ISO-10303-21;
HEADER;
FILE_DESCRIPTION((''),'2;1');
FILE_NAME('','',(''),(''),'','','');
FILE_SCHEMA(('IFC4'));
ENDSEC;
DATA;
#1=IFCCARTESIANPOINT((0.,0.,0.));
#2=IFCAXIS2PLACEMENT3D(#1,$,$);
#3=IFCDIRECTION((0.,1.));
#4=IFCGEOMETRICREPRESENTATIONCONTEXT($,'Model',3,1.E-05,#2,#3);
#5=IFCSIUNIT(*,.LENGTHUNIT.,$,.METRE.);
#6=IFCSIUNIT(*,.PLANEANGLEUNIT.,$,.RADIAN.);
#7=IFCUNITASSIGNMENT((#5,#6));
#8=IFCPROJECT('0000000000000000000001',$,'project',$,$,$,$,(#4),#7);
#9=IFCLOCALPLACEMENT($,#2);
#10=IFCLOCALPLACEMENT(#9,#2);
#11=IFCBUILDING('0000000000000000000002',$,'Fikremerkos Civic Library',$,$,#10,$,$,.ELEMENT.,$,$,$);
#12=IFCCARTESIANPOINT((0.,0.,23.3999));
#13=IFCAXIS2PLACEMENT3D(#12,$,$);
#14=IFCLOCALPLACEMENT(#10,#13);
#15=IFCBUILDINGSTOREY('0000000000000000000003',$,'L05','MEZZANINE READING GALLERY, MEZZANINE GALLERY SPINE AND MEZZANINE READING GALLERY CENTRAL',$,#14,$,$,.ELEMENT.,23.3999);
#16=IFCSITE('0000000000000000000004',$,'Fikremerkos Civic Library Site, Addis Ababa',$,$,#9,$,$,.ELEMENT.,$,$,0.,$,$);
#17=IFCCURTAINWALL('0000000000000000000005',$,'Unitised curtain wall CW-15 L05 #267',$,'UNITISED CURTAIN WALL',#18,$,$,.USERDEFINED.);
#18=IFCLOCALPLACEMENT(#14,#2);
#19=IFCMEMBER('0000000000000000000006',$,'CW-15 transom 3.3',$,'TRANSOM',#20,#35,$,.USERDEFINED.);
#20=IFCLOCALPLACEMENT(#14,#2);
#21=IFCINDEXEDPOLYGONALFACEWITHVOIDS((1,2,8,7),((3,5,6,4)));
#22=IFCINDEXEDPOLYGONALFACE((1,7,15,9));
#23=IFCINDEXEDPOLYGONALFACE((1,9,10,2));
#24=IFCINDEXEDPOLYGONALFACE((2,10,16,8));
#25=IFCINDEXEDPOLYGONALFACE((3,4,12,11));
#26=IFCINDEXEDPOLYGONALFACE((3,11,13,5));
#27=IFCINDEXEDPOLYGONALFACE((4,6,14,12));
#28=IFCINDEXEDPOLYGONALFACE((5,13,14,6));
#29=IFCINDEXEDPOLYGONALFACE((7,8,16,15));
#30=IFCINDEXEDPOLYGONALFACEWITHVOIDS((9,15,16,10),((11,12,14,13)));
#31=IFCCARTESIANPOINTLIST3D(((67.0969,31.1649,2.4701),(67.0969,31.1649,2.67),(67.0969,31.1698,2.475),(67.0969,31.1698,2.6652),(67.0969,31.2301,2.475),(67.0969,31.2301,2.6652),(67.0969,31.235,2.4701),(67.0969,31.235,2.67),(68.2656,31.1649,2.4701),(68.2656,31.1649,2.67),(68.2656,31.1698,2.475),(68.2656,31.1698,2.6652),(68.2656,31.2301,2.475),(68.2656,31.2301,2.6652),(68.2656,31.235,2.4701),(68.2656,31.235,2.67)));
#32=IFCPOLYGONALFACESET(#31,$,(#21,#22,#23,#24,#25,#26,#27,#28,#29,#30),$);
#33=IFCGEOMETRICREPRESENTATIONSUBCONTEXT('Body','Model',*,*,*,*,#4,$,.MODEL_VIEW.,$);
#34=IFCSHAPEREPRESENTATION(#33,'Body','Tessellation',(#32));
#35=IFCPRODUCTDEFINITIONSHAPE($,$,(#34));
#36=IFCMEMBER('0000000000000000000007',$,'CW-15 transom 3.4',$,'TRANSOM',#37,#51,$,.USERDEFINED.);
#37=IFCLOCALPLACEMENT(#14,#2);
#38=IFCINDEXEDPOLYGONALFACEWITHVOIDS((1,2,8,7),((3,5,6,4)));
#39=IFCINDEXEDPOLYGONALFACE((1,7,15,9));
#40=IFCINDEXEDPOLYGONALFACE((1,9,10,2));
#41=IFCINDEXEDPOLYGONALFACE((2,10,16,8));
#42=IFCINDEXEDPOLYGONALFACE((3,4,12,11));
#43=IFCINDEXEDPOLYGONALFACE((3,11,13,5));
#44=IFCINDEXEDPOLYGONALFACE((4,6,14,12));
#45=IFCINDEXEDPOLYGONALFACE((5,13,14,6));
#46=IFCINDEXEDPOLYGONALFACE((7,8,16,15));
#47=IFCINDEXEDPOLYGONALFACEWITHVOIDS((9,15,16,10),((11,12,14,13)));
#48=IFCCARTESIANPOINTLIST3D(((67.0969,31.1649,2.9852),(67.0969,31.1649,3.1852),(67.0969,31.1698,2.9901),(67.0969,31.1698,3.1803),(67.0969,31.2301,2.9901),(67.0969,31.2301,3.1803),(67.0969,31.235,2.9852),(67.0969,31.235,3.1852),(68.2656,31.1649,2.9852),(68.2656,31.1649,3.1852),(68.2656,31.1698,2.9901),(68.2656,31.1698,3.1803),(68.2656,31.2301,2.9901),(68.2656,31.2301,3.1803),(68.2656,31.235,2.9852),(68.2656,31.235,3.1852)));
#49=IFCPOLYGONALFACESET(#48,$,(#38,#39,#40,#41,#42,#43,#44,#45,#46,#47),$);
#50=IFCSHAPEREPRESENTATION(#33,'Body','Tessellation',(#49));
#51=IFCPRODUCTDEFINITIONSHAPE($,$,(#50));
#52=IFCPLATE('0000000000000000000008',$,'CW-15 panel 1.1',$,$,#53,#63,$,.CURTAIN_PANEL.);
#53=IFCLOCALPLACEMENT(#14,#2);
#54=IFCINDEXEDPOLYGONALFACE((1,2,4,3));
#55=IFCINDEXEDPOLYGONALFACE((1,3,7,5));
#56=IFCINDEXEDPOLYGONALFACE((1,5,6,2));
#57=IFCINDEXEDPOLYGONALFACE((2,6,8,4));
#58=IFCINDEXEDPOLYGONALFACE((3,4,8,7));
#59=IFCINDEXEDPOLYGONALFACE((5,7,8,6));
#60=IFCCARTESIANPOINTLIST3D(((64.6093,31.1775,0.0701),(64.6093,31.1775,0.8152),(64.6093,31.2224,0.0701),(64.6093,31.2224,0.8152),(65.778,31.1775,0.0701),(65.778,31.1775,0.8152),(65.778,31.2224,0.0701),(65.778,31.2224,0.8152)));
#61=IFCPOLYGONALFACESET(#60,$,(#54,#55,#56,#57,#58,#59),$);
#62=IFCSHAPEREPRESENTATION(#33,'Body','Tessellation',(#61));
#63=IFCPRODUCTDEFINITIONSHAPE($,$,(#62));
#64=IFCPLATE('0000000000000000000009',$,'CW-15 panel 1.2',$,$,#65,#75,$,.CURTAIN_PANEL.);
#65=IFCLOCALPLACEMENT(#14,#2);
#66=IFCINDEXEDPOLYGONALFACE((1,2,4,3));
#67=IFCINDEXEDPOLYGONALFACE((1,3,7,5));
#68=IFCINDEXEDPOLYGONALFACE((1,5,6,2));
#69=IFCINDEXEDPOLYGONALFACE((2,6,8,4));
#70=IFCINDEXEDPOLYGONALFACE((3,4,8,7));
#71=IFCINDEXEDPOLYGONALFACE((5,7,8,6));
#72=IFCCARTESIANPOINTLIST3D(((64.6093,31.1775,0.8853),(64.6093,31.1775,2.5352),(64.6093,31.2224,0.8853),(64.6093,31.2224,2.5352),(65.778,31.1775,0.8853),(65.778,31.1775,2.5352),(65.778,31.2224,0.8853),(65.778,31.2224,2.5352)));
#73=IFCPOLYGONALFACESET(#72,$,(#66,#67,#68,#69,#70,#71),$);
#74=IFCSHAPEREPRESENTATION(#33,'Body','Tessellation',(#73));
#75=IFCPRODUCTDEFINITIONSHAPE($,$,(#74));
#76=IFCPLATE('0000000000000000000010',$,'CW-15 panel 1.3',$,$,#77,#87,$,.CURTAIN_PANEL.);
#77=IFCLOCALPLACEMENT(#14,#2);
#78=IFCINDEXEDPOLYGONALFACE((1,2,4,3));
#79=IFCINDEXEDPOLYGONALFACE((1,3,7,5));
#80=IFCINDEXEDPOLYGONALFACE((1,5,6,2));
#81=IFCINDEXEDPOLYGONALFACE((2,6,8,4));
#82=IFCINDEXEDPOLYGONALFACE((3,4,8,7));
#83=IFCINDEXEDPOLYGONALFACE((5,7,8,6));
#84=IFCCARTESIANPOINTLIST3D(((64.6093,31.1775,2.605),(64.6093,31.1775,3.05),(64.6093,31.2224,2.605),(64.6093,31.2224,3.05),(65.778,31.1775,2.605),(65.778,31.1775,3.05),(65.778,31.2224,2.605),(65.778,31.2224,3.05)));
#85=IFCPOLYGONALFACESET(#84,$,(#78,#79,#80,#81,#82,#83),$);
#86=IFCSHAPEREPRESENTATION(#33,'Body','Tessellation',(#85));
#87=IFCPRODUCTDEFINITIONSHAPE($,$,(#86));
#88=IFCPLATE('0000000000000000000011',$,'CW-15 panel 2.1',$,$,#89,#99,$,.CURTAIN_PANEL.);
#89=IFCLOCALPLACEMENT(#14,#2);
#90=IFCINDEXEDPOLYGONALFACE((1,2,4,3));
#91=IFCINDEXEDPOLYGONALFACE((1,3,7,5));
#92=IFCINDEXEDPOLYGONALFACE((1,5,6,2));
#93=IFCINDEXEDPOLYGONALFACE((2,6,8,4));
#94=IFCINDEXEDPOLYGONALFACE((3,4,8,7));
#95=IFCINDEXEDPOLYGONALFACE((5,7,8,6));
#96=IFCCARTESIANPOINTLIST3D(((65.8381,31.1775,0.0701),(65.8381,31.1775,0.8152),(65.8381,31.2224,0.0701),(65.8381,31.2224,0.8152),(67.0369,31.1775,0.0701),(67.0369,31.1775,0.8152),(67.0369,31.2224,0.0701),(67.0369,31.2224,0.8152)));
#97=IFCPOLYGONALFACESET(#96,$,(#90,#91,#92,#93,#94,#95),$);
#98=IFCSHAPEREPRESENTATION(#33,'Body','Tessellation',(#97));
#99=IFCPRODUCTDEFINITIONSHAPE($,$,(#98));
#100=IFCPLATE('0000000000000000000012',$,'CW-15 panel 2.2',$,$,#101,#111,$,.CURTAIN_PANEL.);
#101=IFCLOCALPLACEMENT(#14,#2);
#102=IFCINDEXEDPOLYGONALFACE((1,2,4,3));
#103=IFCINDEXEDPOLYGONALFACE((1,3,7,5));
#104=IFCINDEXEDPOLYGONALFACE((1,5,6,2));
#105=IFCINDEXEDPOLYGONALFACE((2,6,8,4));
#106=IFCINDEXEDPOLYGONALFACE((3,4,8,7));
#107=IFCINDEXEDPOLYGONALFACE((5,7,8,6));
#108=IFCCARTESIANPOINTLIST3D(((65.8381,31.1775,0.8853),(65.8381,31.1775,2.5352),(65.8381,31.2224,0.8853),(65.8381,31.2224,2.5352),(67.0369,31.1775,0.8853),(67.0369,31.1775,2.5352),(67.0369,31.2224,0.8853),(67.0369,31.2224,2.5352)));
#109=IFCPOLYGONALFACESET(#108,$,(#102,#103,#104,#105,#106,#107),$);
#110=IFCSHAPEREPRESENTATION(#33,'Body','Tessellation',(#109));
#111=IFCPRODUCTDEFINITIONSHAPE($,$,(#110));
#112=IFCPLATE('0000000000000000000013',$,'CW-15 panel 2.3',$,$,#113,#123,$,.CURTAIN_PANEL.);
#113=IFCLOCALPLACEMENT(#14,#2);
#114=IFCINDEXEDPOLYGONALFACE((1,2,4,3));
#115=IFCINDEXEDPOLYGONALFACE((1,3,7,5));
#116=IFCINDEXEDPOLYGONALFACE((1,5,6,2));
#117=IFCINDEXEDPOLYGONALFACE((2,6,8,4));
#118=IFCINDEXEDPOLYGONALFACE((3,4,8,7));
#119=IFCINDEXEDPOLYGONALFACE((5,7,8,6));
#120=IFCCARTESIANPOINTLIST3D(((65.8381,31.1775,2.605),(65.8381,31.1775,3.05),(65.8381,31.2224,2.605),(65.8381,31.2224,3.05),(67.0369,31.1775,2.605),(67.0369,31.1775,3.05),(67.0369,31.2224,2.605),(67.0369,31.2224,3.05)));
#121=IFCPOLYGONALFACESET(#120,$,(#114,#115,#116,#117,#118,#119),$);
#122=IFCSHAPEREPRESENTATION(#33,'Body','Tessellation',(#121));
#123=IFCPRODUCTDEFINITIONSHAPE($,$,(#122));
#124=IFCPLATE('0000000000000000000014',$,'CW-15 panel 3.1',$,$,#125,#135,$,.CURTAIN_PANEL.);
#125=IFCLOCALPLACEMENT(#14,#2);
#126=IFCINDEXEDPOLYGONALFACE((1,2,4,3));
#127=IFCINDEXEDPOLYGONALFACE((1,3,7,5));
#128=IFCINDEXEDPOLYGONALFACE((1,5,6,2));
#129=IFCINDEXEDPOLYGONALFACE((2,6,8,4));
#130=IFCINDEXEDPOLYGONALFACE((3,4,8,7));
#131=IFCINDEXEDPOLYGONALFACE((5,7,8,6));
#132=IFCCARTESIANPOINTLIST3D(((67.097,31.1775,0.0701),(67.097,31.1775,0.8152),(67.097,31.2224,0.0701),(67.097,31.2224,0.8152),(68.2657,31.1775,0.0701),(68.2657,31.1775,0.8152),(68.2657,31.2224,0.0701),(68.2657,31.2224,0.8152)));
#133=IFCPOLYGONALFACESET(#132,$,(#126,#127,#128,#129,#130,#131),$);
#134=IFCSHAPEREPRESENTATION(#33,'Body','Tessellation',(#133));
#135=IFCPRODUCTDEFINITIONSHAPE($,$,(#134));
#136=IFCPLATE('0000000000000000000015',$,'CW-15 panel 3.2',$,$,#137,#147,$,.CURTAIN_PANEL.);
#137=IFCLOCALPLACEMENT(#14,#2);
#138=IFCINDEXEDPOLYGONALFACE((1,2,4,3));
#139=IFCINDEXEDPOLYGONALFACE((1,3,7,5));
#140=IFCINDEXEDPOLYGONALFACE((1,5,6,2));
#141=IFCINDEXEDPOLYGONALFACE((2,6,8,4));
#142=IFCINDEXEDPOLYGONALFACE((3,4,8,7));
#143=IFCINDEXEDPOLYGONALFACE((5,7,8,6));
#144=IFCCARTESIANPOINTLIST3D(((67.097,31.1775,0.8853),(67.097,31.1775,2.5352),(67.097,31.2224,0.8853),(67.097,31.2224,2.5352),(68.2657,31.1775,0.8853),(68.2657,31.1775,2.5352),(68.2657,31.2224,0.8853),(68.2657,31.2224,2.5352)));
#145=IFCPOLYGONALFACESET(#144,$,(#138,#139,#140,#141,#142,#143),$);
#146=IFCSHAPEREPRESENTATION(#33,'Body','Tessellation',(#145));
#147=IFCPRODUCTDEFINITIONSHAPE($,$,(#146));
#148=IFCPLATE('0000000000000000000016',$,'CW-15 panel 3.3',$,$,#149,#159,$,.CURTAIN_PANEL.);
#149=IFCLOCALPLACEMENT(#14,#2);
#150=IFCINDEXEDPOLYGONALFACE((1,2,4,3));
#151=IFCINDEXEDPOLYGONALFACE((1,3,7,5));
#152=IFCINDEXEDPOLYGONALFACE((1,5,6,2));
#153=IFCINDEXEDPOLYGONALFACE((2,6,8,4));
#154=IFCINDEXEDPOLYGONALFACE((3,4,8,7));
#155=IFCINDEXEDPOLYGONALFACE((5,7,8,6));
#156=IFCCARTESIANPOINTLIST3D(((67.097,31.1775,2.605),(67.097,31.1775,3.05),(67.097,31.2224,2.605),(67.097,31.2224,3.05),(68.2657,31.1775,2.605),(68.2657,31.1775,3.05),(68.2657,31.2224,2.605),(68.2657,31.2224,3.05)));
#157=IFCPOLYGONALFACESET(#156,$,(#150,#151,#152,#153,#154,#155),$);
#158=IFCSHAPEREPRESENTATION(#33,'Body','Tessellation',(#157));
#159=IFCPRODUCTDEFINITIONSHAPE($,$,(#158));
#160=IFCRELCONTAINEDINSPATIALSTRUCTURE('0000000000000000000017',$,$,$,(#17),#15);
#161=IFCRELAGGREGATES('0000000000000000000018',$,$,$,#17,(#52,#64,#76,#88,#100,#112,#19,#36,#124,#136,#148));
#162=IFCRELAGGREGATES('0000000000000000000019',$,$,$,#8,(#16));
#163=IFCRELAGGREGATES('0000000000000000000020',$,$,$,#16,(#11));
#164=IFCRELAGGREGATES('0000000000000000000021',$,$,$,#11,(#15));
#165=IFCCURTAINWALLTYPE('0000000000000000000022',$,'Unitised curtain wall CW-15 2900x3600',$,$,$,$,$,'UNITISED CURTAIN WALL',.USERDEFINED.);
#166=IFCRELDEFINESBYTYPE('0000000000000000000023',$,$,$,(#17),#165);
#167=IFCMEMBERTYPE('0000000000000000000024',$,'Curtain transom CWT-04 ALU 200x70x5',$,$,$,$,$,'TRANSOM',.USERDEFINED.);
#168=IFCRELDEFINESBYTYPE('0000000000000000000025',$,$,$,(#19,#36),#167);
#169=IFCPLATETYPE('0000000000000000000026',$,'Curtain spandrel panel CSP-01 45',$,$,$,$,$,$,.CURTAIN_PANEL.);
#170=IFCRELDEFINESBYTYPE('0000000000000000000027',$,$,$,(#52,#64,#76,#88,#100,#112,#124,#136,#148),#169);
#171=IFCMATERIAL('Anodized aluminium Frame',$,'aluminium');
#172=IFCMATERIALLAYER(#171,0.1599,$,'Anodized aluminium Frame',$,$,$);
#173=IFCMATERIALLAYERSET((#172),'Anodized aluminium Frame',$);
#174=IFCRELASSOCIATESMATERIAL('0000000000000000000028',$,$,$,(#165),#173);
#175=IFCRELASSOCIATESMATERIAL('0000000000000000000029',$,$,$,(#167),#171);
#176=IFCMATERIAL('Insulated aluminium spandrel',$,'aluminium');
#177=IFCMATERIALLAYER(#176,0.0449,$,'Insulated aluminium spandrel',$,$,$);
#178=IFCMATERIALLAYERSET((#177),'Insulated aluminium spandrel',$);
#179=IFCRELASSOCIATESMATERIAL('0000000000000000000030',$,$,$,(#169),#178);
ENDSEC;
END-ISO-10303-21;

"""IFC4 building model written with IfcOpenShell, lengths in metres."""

from ifc_helpers import new_model, si_unit, direction, frame, origin, origin_2d, place, context, subcontext, project, spatial, rectangle, hollow_rectangle, extrude, material, layer, layer_set, material_profile, profile_set, type_object, element, aggregate, save


model = new_model("IFC4")

# Units and contexts
model_context = context("Model", 3, precision=1e-05, world=origin(), true_north=direction((0.0, 1.0)))
body_context = subcontext(model_context, "Body", "Model", "MODEL_VIEW")
ifc_project = project(units=[si_unit("LENGTHUNIT", "METRE"), si_unit("PLANEANGLEUNIT", "RADIAN")], contexts=[model_context])

# Site, building, storey
site_placement = place(None, origin())
site = spatial("IfcSite", under=ifc_project, at=site_placement, Name="Fikremerkos Civic Library Site, Addis Ababa", CompositionType="ELEMENT", RefElevation=0.0)
building_placement = place(site_placement, origin())
building = spatial("IfcBuilding", under=site, at=building_placement, Name="Fikremerkos Civic Library", CompositionType="ELEMENT")
storey_placement = place(building_placement, frame((0.0, 0.0, 23.3999)))
storey = spatial("IfcBuildingStorey", under=building, at=storey_placement, Name="L05", Description="MEZZANINE READING GALLERY, MEZZANINE GALLERY SPINE AND MEZZANINE READING GALLERY CENTRAL", CompositionType="ELEMENT", Elevation=23.3999)

# Curtain wall, members, plates
ifc_material_1 = material(Name="Anodized aluminium Frame", Category="aluminium")
ifc_layer_1 = layer(ifc_material_1, 0.1599, Name="Anodized aluminium Frame")
ifc_layer_set_1 = layer_set([ifc_layer_1], Name="Anodized aluminium Frame")
curtain_wall_type = type_object("IfcCurtainWallType", Name="Unitised curtain wall CW-15 2900x3600", ElementType="UNITISED CURTAIN WALL", PredefinedType="USERDEFINED", material=ifc_layer_set_1)
curtain_wall_placement = place(storey_placement, origin())
curtain_wall = element("IfcCurtainWall", 1, at=curtain_wall_placement, inside=storey, type_object=curtain_wall_type, Name="Unitised curtain wall CW-15 L05 #267", ObjectType="UNITISED CURTAIN WALL", PredefinedType="USERDEFINED")
ifc_material_profile_1 = material_profile(ifc_material_1, hollow_rectangle(XDim=0.0701, YDim=0.2, WallThickness=0.0049, at=origin_2d()), Name="ALU 200x70x5")
ifc_profile_set_1 = profile_set([ifc_material_profile_1], Name="Anodized aluminium Frame")
member_type_1 = type_object("IfcMemberType", Name="Curtain transom CWT-04 ALU 200x70x5", ElementType="TRANSOM", PredefinedType="USERDEFINED", material=ifc_profile_set_1)
member_1_placement = place(storey_placement, frame((67.0969, 31.2, 2.5701), z_axis=(1.0, 0.0, 0.0), x_axis=(0.0, 1.0, 0.0)))
member_1 = element("IfcMember", 2, at=member_1_placement, type_object=member_type_1, Name="CW-15 transom 3.3", ObjectType="TRANSOM", PredefinedType="USERDEFINED", context=body_context, shape_type="SweptSolid", body=[
    extrude(hollow_rectangle(XDim=0.0701, YDim=0.2, WallThickness=0.0049, at=origin_2d()), origin(), (0.0, 0.0, 1.0), 1.1687),
])
member_2_placement = place(storey_placement, frame((67.0969, 31.2, 3.0852), z_axis=(1.0, 0.0, 0.0), x_axis=(0.0, 1.0, 0.0)))
member_2 = element("IfcMember", 3, at=member_2_placement, type_object=member_type_1, Name="CW-15 transom 3.4", ObjectType="TRANSOM", PredefinedType="USERDEFINED", context=body_context, shape_type="SweptSolid", body=[
    extrude(hollow_rectangle(XDim=0.0701, YDim=0.2, WallThickness=0.0049, at=origin_2d()), origin(), (0.0, 0.0, 1.0), 1.1687),
])
ifc_material_2 = material(Name="Insulated aluminium spandrel", Category="aluminium")
ifc_layer_2 = layer(ifc_material_2, 0.0449, Name="Insulated aluminium spandrel")
ifc_layer_set_2 = layer_set([ifc_layer_2], Name="Insulated aluminium spandrel")
plate_type = type_object("IfcPlateType", Name="Curtain spandrel panel CSP-01 45", PredefinedType="CURTAIN_PANEL", material=ifc_layer_set_2)
plate_1_placement = place(storey_placement, frame((65.1936, 31.2, 0.0701), z_axis=(0.0, 0.0, 1.0), x_axis=(1.0, 0.0, 0.0)))
plate_1 = element("IfcPlate", 4, at=plate_1_placement, type_object=plate_type, Name="CW-15 panel 1.1", PredefinedType="CURTAIN_PANEL", context=body_context, shape_type="SweptSolid", body=[
    extrude(rectangle(XDim=1.1687, YDim=0.0449, at=origin_2d()), origin(), (0.0, 0.0, 1.0), 0.7451),
])
plate_2_placement = place(storey_placement, frame((65.1936, 31.2, 0.8853), z_axis=(0.0, 0.0, 1.0), x_axis=(1.0, 0.0, 0.0)))
plate_2 = element("IfcPlate", 5, at=plate_2_placement, type_object=plate_type, Name="CW-15 panel 1.2", PredefinedType="CURTAIN_PANEL", context=body_context, shape_type="SweptSolid", body=[
    extrude(rectangle(XDim=1.1687, YDim=0.0449, at=origin_2d()), origin(), (0.0, 0.0, 1.0), 1.6499),
])
plate_3_placement = place(storey_placement, frame((65.1936, 31.2, 2.605), z_axis=(0.0, 0.0, 1.0), x_axis=(1.0, 0.0, 0.0)))
plate_3 = element("IfcPlate", 6, at=plate_3_placement, type_object=plate_type, Name="CW-15 panel 1.3", PredefinedType="CURTAIN_PANEL", context=body_context, shape_type="SweptSolid", body=[
    extrude(rectangle(XDim=1.1687, YDim=0.0449, at=origin_2d()), origin(), (0.0, 0.0, 1.0), 0.4451),
])
plate_4_placement = place(storey_placement, frame((66.4375, 31.2, 0.0701), z_axis=(0.0, 0.0, 1.0), x_axis=(1.0, 0.0, 0.0)))
plate_4 = element("IfcPlate", 7, at=plate_4_placement, type_object=plate_type, Name="CW-15 panel 2.1", PredefinedType="CURTAIN_PANEL", context=body_context, shape_type="SweptSolid", body=[
    extrude(rectangle(XDim=1.1987, YDim=0.0449, at=origin_2d()), origin(), (0.0, 0.0, 1.0), 0.7451),
])
plate_5_placement = place(storey_placement, frame((66.4375, 31.2, 0.8853), z_axis=(0.0, 0.0, 1.0), x_axis=(1.0, 0.0, 0.0)))
plate_5 = element("IfcPlate", 8, at=plate_5_placement, type_object=plate_type, Name="CW-15 panel 2.2", PredefinedType="CURTAIN_PANEL", context=body_context, shape_type="SweptSolid", body=[
    extrude(rectangle(XDim=1.1987, YDim=0.0449, at=origin_2d()), origin(), (0.0, 0.0, 1.0), 1.6499),
])
plate_6_placement = place(storey_placement, frame((66.4375, 31.2, 2.605), z_axis=(0.0, 0.0, 1.0), x_axis=(1.0, 0.0, 0.0)))
plate_6 = element("IfcPlate", 9, at=plate_6_placement, type_object=plate_type, Name="CW-15 panel 2.3", PredefinedType="CURTAIN_PANEL", context=body_context, shape_type="SweptSolid", body=[
    extrude(rectangle(XDim=1.1987, YDim=0.0449, at=origin_2d()), origin(), (0.0, 0.0, 1.0), 0.4451),
])
plate_7_placement = place(storey_placement, frame((67.6814, 31.2, 0.0701), z_axis=(0.0, 0.0, 1.0), x_axis=(1.0, 0.0, 0.0)))
plate_7 = element("IfcPlate", 10, at=plate_7_placement, type_object=plate_type, Name="CW-15 panel 3.1", PredefinedType="CURTAIN_PANEL", context=body_context, shape_type="SweptSolid", body=[
    extrude(rectangle(XDim=1.1687, YDim=0.0449, at=origin_2d()), origin(), (0.0, 0.0, 1.0), 0.7451),
])
plate_8_placement = place(storey_placement, frame((67.6814, 31.2, 0.8853), z_axis=(0.0, 0.0, 1.0), x_axis=(1.0, 0.0, 0.0)))
plate_8 = element("IfcPlate", 11, at=plate_8_placement, type_object=plate_type, Name="CW-15 panel 3.2", PredefinedType="CURTAIN_PANEL", context=body_context, shape_type="SweptSolid", body=[
    extrude(rectangle(XDim=1.1687, YDim=0.0449, at=origin_2d()), origin(), (0.0, 0.0, 1.0), 1.6499),
])
plate_9_placement = place(storey_placement, frame((67.6814, 31.2, 2.605), z_axis=(0.0, 0.0, 1.0), x_axis=(1.0, 0.0, 0.0)))
plate_9 = element("IfcPlate", 12, at=plate_9_placement, type_object=plate_type, Name="CW-15 panel 3.3", PredefinedType="CURTAIN_PANEL", context=body_context, shape_type="SweptSolid", body=[
    extrude(rectangle(XDim=1.1687, YDim=0.0449, at=origin_2d()), origin(), (0.0, 0.0, 1.0), 0.4451),
])
aggregate(curtain_wall, [plate_1, plate_2, plate_3, plate_4, plate_5, plate_6, member_1, member_2, plate_7, plate_8, plate_9])

save(model, "model.ifc")
